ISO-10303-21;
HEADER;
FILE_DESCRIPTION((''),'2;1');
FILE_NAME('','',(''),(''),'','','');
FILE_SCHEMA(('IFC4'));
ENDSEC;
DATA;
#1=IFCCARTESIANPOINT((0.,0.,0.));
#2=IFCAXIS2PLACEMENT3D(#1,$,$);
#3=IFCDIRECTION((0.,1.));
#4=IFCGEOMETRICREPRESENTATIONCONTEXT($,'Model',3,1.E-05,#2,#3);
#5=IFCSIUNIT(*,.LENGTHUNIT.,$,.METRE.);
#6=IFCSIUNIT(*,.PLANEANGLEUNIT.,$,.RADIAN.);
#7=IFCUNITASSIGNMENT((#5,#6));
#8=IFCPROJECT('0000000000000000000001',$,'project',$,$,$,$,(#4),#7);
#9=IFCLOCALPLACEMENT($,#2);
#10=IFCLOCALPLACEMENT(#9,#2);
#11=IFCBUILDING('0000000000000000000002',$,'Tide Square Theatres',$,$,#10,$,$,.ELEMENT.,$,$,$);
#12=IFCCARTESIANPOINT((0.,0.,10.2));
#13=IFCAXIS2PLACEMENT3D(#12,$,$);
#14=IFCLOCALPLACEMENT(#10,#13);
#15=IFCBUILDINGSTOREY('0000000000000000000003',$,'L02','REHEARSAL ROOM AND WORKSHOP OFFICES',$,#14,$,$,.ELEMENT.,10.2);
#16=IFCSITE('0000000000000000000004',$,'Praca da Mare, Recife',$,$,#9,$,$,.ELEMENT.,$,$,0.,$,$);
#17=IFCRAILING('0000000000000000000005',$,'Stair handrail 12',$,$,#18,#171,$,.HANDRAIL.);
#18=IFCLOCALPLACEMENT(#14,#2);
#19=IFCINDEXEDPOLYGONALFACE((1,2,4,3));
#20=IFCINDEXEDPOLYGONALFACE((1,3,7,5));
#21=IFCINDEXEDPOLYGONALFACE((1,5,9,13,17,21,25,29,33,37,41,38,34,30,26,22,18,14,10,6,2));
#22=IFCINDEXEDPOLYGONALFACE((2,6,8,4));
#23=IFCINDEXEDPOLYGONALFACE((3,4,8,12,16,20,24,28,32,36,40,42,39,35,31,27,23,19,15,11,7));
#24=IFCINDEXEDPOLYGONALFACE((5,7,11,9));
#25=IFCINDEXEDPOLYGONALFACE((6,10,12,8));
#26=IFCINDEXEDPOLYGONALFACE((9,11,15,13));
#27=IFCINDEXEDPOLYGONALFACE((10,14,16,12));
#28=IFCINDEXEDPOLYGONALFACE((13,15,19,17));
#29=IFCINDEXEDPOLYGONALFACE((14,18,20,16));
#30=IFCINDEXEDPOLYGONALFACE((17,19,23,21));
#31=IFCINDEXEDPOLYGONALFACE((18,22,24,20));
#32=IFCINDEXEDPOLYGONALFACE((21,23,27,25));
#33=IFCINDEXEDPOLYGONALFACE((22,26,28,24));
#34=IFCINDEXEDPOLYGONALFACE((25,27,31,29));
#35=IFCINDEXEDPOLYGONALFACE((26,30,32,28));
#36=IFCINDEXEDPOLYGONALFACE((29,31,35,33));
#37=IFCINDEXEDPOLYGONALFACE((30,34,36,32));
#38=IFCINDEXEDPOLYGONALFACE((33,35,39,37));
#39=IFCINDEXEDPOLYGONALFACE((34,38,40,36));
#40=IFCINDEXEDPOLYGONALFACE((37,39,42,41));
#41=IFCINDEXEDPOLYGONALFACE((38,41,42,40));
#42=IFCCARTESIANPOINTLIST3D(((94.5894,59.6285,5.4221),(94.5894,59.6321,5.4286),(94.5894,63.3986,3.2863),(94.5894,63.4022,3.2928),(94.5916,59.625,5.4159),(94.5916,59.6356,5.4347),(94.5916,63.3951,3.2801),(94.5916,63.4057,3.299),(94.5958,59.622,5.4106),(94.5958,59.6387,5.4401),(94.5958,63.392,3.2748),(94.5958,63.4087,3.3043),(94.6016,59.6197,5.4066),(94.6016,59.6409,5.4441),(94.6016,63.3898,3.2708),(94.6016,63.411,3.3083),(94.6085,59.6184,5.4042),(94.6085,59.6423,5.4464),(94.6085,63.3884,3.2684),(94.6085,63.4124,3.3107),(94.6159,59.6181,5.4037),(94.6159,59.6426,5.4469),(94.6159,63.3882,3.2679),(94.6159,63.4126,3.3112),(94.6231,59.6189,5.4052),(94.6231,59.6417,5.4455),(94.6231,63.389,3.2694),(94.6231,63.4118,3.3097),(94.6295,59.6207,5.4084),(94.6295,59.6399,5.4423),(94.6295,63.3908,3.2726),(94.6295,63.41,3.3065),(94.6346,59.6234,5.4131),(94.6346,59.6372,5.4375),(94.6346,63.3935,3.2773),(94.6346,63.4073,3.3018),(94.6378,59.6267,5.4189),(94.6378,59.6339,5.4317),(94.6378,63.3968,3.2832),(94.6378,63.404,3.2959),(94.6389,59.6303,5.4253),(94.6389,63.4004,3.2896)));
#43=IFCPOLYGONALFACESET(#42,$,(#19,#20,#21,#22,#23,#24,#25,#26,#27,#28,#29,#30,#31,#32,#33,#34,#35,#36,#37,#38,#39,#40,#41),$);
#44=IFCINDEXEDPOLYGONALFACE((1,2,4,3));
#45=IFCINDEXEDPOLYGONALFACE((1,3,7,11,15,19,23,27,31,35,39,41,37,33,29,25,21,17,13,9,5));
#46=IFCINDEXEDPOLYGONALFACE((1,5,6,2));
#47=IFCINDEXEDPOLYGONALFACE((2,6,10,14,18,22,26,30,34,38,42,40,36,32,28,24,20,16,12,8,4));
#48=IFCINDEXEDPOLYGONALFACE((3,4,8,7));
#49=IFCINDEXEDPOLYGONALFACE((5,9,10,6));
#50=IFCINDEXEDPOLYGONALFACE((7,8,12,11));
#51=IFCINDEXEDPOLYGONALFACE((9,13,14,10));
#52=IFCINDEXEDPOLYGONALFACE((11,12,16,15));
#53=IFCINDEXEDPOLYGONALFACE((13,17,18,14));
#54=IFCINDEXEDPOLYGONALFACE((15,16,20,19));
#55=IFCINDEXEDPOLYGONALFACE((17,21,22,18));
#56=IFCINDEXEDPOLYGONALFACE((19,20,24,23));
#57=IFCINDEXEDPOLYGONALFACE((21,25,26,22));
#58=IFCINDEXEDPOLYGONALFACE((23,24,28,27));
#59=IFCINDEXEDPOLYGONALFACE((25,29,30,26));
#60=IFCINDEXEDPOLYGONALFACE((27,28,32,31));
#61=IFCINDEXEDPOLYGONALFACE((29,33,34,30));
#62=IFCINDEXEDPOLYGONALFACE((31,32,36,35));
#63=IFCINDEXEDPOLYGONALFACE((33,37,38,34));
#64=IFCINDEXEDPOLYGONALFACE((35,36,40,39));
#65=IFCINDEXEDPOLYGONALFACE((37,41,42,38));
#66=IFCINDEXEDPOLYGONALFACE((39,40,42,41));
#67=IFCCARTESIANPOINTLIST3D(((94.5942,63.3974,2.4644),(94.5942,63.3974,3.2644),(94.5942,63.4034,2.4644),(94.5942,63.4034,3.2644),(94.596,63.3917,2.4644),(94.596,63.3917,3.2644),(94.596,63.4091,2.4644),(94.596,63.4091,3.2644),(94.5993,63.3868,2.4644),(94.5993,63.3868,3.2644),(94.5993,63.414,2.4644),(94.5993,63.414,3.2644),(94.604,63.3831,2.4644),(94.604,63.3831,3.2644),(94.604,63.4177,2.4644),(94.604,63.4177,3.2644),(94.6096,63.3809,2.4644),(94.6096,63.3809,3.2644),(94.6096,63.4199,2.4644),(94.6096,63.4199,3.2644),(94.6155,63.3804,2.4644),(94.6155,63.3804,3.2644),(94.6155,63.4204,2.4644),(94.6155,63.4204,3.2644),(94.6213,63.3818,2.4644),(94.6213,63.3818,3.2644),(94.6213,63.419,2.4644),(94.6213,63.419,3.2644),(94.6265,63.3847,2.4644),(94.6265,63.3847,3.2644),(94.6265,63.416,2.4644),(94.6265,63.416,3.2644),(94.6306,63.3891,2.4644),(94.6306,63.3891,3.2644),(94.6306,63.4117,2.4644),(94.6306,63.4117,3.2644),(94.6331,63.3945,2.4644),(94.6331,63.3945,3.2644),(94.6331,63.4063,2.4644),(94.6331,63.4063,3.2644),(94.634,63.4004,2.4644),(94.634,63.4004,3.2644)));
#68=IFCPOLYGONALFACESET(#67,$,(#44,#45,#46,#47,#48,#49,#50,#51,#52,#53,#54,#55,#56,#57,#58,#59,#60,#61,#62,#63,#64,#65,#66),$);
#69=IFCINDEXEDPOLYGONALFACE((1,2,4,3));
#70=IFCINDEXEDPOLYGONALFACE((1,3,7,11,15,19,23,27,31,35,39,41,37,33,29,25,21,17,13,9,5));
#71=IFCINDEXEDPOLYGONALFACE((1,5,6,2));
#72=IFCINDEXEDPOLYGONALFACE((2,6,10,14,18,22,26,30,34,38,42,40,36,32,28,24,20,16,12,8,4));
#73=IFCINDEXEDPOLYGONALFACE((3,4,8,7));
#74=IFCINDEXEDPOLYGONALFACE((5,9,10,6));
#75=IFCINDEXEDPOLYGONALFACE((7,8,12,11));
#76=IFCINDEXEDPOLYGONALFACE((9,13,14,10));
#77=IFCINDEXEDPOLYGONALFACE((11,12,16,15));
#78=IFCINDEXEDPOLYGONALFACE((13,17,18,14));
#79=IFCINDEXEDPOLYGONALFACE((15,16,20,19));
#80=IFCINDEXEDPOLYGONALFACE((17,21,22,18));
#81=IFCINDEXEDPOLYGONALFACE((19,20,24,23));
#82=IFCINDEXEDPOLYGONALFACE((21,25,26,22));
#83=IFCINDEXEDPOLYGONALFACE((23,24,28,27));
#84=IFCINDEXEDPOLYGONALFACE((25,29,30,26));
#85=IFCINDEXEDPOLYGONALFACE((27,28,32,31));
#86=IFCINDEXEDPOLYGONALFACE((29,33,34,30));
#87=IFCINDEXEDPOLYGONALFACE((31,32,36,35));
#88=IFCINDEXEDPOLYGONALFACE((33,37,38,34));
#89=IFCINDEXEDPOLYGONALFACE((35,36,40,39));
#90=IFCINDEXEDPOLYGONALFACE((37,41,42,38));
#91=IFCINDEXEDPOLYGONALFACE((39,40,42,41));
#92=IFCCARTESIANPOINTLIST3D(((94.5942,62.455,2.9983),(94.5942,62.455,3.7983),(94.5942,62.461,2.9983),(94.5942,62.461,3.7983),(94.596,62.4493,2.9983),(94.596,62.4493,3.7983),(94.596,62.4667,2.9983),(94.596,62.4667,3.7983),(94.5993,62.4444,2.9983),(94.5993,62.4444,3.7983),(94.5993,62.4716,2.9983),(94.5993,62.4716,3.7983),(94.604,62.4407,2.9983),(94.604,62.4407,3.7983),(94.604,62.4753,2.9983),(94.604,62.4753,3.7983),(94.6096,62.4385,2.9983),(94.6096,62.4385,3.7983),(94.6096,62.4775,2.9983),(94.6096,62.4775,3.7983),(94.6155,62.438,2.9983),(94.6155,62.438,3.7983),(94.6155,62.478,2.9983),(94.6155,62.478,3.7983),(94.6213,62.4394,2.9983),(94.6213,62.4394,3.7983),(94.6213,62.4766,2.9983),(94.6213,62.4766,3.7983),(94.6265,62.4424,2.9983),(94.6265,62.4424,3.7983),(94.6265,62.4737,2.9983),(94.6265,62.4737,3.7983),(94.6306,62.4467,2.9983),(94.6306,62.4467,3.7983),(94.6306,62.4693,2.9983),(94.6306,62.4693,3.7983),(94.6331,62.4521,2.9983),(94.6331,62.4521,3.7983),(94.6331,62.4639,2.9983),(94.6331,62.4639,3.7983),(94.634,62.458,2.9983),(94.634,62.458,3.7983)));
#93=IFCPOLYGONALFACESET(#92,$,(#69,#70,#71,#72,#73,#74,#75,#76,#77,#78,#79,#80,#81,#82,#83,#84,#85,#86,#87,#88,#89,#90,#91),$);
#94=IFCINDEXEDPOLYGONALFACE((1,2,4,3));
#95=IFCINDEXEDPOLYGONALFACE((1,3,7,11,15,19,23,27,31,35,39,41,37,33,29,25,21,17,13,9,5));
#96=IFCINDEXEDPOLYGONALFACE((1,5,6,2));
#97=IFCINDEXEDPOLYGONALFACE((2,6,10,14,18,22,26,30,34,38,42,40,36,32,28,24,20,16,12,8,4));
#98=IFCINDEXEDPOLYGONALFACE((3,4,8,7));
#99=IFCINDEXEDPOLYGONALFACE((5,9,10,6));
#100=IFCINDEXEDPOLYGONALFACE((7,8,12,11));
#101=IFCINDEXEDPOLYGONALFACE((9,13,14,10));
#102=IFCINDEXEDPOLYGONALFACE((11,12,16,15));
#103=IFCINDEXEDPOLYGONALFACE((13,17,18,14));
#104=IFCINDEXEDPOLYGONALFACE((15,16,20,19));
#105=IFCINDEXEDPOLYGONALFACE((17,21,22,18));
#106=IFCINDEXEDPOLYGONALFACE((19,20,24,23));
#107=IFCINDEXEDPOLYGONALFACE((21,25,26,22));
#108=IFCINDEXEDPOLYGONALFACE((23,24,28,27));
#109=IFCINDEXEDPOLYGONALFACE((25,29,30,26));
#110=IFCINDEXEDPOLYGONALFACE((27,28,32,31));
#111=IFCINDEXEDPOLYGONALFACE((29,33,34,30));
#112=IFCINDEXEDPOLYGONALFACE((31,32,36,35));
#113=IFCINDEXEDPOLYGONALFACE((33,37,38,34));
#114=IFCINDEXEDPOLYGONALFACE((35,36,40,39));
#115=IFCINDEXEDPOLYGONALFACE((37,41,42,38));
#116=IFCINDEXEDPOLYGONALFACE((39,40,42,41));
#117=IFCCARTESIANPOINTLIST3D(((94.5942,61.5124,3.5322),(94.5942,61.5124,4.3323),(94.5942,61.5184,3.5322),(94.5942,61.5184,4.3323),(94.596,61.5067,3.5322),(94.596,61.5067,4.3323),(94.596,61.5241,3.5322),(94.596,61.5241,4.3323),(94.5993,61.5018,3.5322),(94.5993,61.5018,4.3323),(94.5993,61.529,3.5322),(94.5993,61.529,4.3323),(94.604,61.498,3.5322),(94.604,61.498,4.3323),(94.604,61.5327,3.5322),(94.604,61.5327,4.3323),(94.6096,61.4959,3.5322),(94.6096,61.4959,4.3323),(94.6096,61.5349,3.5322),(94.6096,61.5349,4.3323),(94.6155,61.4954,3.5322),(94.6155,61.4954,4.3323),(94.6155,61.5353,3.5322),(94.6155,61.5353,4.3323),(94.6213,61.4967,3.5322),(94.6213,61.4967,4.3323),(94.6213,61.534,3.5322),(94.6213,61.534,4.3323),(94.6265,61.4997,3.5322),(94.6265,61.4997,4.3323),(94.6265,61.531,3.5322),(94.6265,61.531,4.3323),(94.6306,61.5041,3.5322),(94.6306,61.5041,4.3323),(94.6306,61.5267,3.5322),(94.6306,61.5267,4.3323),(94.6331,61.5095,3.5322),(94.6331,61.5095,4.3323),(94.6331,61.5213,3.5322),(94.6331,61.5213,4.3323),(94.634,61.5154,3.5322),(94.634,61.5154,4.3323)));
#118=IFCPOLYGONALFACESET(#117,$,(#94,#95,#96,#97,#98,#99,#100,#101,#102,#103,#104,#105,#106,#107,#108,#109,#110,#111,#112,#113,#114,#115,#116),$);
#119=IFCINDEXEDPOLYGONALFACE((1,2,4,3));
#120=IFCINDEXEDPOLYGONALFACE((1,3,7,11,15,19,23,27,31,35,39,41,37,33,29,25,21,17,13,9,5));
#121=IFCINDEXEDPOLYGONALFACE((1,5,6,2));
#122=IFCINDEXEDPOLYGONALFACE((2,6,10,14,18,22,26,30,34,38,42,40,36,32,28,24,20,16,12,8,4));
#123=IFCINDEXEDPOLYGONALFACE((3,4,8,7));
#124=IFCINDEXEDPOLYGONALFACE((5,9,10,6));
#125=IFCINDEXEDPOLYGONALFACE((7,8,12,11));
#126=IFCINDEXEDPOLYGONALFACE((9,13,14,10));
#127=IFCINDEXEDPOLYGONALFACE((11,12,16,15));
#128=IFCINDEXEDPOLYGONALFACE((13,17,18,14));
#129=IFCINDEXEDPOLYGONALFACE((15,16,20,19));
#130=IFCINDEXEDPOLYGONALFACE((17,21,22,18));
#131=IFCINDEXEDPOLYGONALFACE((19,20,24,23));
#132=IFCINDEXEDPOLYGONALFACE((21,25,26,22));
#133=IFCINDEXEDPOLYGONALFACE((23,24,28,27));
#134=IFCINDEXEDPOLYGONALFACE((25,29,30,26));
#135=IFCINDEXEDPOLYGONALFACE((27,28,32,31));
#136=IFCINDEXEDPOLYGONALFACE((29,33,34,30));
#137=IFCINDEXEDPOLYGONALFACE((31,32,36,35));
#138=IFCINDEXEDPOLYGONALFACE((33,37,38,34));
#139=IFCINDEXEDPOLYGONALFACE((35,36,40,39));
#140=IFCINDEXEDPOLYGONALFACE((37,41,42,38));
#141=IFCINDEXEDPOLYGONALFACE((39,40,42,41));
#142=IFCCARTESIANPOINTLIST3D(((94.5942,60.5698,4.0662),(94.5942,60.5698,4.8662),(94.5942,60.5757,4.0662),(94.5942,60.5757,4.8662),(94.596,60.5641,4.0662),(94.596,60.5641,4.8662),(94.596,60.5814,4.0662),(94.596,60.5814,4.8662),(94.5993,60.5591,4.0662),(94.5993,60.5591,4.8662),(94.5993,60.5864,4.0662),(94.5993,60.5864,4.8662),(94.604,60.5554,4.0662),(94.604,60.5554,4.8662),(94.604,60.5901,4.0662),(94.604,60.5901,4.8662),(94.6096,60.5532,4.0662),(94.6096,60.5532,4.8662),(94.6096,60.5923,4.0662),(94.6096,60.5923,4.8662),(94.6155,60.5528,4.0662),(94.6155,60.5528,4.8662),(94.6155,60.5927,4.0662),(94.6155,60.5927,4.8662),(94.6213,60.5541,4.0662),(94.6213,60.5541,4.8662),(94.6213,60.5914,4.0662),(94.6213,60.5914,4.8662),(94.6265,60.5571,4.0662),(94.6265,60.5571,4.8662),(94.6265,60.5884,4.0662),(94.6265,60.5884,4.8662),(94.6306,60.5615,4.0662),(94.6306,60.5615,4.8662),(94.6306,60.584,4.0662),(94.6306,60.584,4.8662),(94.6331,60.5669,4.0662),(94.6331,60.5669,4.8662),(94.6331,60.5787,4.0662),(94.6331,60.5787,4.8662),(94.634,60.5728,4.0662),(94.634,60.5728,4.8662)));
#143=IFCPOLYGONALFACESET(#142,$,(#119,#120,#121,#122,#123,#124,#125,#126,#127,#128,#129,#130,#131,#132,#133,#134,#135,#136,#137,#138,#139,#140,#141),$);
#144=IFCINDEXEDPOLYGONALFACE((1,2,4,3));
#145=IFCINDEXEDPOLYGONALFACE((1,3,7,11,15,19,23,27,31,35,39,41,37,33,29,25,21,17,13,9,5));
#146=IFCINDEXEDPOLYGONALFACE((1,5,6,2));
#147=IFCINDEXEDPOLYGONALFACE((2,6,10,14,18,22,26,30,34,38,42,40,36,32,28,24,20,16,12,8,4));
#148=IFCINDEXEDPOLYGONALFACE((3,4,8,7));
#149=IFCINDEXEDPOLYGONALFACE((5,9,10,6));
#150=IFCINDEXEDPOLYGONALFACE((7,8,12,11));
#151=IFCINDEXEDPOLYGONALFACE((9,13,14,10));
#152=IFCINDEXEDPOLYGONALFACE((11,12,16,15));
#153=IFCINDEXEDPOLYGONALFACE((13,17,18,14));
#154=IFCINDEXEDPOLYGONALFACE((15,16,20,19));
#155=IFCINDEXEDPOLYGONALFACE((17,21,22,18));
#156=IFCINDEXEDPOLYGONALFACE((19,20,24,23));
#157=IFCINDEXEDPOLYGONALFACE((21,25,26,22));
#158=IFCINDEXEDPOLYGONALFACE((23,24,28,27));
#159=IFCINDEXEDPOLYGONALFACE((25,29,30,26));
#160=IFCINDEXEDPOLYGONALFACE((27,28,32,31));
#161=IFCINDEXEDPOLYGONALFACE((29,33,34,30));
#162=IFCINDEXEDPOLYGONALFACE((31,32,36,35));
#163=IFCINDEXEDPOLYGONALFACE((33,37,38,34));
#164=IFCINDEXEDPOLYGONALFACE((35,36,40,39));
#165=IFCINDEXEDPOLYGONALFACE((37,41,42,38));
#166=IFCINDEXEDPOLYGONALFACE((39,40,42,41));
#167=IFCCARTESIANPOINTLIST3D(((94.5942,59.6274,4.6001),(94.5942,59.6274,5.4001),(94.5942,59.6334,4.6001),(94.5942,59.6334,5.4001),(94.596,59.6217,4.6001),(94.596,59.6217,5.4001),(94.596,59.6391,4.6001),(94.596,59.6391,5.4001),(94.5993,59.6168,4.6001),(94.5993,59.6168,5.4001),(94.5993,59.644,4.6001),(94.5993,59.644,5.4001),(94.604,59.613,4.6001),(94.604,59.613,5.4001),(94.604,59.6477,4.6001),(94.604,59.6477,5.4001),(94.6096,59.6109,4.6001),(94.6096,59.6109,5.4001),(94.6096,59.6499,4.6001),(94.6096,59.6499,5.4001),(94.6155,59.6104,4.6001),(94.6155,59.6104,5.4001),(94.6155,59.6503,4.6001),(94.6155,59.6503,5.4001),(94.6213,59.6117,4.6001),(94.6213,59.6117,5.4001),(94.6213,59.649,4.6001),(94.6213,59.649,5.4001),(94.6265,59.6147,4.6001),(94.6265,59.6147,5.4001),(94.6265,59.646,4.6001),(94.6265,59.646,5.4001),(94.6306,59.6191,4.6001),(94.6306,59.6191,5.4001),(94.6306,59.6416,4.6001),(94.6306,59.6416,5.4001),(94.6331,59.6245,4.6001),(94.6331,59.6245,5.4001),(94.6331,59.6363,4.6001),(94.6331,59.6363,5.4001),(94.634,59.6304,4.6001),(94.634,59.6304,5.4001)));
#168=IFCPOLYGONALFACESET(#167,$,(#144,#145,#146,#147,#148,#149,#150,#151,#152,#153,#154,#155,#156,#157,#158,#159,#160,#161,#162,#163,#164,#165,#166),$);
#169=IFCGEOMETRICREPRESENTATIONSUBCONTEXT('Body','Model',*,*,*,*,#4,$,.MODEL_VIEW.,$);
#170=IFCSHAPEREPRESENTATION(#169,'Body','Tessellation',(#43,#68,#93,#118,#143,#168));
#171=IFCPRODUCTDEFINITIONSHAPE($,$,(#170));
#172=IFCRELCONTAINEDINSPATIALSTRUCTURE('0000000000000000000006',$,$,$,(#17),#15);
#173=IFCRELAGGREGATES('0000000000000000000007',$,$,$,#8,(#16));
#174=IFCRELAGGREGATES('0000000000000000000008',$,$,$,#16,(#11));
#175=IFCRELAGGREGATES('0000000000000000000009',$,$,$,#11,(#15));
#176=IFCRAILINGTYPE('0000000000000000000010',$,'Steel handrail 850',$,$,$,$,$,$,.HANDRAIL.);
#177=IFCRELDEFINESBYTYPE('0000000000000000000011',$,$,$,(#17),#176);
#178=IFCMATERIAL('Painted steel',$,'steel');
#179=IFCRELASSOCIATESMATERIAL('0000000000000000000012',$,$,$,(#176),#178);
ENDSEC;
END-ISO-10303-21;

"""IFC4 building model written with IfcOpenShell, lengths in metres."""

from ifc_helpers import new_model, si_unit, direction, frame, origin, origin_2d, place, context, subcontext, project, spatial, circle, extrude, material, type_object, element, save


model = new_model("IFC4")

# Units and contexts
model_context = context("Model", 3, precision=1e-05, world=origin(), true_north=direction((0.0, 1.0)))
body_context = subcontext(model_context, "Body", "Model", "MODEL_VIEW")
ifc_project = project(units=[si_unit("LENGTHUNIT", "METRE"), si_unit("PLANEANGLEUNIT", "RADIAN")], contexts=[model_context])

# Site, building, storey
site_placement = place(None, origin())
site = spatial("IfcSite", under=ifc_project, at=site_placement, Name="Praca da Mare, Recife", CompositionType="ELEMENT", RefElevation=0.0)
building_placement = place(site_placement, origin())
building = spatial("IfcBuilding", under=site, at=building_placement, Name="Tide Square Theatres", CompositionType="ELEMENT")
storey_placement = place(building_placement, frame((0.0, 0.0, 10.2)))
storey = spatial("IfcBuildingStorey", under=building, at=storey_placement, Name="L02", Description="REHEARSAL ROOM AND WORKSHOP OFFICES", CompositionType="ELEMENT", Elevation=10.2)

# Railing
ifc_material_1 = material(Name="Painted steel", Category="steel")
railing_type_1 = type_object("IfcRailingType", Name="Steel handrail 850", PredefinedType="HANDRAIL", material=ifc_material_1)
for number, where, name in (
    (1, (94.614, 63.4004, 2.4644), "Stair handrail 12"),
):
    element("IfcRailing", number, at=place(storey_placement, frame(where)), inside=storey, type_object=railing_type_1, Name=name, PredefinedType="HANDRAIL", context=body_context, shape_type="SweptSolid", body=[
        extrude(circle(Radius=0.0249, at=origin_2d()), frame((0.0, 0.0, 0.8252), z_axis=(0.0, -0.870082, 0.492907), x_axis=(1.0, 0.0, 0.0)), (0.0, 0.0, 1.0), 4.333),
        extrude(circle(Radius=0.02, at=origin_2d()), origin(), (0.0, 0.0, 1.0), 0.8),
        extrude(circle(Radius=0.02, at=origin_2d()), frame((0.0, -0.9424, 0.5339)), (0.0, 0.0, 1.0), 0.8),
        extrude(circle(Radius=0.02, at=origin_2d()), frame((0.0, -1.885, 1.0679)), (0.0, 0.0, 1.0), 0.8),
        extrude(circle(Radius=0.02, at=origin_2d()), frame((0.0, -2.8276, 1.6018)), (0.0, 0.0, 1.0), 0.8),
        extrude(circle(Radius=0.02, at=origin_2d()), frame((0.0, -3.77, 2.1357)), (0.0, 0.0, 1.0), 0.8),
    ])

save(model, "model.ifc")
